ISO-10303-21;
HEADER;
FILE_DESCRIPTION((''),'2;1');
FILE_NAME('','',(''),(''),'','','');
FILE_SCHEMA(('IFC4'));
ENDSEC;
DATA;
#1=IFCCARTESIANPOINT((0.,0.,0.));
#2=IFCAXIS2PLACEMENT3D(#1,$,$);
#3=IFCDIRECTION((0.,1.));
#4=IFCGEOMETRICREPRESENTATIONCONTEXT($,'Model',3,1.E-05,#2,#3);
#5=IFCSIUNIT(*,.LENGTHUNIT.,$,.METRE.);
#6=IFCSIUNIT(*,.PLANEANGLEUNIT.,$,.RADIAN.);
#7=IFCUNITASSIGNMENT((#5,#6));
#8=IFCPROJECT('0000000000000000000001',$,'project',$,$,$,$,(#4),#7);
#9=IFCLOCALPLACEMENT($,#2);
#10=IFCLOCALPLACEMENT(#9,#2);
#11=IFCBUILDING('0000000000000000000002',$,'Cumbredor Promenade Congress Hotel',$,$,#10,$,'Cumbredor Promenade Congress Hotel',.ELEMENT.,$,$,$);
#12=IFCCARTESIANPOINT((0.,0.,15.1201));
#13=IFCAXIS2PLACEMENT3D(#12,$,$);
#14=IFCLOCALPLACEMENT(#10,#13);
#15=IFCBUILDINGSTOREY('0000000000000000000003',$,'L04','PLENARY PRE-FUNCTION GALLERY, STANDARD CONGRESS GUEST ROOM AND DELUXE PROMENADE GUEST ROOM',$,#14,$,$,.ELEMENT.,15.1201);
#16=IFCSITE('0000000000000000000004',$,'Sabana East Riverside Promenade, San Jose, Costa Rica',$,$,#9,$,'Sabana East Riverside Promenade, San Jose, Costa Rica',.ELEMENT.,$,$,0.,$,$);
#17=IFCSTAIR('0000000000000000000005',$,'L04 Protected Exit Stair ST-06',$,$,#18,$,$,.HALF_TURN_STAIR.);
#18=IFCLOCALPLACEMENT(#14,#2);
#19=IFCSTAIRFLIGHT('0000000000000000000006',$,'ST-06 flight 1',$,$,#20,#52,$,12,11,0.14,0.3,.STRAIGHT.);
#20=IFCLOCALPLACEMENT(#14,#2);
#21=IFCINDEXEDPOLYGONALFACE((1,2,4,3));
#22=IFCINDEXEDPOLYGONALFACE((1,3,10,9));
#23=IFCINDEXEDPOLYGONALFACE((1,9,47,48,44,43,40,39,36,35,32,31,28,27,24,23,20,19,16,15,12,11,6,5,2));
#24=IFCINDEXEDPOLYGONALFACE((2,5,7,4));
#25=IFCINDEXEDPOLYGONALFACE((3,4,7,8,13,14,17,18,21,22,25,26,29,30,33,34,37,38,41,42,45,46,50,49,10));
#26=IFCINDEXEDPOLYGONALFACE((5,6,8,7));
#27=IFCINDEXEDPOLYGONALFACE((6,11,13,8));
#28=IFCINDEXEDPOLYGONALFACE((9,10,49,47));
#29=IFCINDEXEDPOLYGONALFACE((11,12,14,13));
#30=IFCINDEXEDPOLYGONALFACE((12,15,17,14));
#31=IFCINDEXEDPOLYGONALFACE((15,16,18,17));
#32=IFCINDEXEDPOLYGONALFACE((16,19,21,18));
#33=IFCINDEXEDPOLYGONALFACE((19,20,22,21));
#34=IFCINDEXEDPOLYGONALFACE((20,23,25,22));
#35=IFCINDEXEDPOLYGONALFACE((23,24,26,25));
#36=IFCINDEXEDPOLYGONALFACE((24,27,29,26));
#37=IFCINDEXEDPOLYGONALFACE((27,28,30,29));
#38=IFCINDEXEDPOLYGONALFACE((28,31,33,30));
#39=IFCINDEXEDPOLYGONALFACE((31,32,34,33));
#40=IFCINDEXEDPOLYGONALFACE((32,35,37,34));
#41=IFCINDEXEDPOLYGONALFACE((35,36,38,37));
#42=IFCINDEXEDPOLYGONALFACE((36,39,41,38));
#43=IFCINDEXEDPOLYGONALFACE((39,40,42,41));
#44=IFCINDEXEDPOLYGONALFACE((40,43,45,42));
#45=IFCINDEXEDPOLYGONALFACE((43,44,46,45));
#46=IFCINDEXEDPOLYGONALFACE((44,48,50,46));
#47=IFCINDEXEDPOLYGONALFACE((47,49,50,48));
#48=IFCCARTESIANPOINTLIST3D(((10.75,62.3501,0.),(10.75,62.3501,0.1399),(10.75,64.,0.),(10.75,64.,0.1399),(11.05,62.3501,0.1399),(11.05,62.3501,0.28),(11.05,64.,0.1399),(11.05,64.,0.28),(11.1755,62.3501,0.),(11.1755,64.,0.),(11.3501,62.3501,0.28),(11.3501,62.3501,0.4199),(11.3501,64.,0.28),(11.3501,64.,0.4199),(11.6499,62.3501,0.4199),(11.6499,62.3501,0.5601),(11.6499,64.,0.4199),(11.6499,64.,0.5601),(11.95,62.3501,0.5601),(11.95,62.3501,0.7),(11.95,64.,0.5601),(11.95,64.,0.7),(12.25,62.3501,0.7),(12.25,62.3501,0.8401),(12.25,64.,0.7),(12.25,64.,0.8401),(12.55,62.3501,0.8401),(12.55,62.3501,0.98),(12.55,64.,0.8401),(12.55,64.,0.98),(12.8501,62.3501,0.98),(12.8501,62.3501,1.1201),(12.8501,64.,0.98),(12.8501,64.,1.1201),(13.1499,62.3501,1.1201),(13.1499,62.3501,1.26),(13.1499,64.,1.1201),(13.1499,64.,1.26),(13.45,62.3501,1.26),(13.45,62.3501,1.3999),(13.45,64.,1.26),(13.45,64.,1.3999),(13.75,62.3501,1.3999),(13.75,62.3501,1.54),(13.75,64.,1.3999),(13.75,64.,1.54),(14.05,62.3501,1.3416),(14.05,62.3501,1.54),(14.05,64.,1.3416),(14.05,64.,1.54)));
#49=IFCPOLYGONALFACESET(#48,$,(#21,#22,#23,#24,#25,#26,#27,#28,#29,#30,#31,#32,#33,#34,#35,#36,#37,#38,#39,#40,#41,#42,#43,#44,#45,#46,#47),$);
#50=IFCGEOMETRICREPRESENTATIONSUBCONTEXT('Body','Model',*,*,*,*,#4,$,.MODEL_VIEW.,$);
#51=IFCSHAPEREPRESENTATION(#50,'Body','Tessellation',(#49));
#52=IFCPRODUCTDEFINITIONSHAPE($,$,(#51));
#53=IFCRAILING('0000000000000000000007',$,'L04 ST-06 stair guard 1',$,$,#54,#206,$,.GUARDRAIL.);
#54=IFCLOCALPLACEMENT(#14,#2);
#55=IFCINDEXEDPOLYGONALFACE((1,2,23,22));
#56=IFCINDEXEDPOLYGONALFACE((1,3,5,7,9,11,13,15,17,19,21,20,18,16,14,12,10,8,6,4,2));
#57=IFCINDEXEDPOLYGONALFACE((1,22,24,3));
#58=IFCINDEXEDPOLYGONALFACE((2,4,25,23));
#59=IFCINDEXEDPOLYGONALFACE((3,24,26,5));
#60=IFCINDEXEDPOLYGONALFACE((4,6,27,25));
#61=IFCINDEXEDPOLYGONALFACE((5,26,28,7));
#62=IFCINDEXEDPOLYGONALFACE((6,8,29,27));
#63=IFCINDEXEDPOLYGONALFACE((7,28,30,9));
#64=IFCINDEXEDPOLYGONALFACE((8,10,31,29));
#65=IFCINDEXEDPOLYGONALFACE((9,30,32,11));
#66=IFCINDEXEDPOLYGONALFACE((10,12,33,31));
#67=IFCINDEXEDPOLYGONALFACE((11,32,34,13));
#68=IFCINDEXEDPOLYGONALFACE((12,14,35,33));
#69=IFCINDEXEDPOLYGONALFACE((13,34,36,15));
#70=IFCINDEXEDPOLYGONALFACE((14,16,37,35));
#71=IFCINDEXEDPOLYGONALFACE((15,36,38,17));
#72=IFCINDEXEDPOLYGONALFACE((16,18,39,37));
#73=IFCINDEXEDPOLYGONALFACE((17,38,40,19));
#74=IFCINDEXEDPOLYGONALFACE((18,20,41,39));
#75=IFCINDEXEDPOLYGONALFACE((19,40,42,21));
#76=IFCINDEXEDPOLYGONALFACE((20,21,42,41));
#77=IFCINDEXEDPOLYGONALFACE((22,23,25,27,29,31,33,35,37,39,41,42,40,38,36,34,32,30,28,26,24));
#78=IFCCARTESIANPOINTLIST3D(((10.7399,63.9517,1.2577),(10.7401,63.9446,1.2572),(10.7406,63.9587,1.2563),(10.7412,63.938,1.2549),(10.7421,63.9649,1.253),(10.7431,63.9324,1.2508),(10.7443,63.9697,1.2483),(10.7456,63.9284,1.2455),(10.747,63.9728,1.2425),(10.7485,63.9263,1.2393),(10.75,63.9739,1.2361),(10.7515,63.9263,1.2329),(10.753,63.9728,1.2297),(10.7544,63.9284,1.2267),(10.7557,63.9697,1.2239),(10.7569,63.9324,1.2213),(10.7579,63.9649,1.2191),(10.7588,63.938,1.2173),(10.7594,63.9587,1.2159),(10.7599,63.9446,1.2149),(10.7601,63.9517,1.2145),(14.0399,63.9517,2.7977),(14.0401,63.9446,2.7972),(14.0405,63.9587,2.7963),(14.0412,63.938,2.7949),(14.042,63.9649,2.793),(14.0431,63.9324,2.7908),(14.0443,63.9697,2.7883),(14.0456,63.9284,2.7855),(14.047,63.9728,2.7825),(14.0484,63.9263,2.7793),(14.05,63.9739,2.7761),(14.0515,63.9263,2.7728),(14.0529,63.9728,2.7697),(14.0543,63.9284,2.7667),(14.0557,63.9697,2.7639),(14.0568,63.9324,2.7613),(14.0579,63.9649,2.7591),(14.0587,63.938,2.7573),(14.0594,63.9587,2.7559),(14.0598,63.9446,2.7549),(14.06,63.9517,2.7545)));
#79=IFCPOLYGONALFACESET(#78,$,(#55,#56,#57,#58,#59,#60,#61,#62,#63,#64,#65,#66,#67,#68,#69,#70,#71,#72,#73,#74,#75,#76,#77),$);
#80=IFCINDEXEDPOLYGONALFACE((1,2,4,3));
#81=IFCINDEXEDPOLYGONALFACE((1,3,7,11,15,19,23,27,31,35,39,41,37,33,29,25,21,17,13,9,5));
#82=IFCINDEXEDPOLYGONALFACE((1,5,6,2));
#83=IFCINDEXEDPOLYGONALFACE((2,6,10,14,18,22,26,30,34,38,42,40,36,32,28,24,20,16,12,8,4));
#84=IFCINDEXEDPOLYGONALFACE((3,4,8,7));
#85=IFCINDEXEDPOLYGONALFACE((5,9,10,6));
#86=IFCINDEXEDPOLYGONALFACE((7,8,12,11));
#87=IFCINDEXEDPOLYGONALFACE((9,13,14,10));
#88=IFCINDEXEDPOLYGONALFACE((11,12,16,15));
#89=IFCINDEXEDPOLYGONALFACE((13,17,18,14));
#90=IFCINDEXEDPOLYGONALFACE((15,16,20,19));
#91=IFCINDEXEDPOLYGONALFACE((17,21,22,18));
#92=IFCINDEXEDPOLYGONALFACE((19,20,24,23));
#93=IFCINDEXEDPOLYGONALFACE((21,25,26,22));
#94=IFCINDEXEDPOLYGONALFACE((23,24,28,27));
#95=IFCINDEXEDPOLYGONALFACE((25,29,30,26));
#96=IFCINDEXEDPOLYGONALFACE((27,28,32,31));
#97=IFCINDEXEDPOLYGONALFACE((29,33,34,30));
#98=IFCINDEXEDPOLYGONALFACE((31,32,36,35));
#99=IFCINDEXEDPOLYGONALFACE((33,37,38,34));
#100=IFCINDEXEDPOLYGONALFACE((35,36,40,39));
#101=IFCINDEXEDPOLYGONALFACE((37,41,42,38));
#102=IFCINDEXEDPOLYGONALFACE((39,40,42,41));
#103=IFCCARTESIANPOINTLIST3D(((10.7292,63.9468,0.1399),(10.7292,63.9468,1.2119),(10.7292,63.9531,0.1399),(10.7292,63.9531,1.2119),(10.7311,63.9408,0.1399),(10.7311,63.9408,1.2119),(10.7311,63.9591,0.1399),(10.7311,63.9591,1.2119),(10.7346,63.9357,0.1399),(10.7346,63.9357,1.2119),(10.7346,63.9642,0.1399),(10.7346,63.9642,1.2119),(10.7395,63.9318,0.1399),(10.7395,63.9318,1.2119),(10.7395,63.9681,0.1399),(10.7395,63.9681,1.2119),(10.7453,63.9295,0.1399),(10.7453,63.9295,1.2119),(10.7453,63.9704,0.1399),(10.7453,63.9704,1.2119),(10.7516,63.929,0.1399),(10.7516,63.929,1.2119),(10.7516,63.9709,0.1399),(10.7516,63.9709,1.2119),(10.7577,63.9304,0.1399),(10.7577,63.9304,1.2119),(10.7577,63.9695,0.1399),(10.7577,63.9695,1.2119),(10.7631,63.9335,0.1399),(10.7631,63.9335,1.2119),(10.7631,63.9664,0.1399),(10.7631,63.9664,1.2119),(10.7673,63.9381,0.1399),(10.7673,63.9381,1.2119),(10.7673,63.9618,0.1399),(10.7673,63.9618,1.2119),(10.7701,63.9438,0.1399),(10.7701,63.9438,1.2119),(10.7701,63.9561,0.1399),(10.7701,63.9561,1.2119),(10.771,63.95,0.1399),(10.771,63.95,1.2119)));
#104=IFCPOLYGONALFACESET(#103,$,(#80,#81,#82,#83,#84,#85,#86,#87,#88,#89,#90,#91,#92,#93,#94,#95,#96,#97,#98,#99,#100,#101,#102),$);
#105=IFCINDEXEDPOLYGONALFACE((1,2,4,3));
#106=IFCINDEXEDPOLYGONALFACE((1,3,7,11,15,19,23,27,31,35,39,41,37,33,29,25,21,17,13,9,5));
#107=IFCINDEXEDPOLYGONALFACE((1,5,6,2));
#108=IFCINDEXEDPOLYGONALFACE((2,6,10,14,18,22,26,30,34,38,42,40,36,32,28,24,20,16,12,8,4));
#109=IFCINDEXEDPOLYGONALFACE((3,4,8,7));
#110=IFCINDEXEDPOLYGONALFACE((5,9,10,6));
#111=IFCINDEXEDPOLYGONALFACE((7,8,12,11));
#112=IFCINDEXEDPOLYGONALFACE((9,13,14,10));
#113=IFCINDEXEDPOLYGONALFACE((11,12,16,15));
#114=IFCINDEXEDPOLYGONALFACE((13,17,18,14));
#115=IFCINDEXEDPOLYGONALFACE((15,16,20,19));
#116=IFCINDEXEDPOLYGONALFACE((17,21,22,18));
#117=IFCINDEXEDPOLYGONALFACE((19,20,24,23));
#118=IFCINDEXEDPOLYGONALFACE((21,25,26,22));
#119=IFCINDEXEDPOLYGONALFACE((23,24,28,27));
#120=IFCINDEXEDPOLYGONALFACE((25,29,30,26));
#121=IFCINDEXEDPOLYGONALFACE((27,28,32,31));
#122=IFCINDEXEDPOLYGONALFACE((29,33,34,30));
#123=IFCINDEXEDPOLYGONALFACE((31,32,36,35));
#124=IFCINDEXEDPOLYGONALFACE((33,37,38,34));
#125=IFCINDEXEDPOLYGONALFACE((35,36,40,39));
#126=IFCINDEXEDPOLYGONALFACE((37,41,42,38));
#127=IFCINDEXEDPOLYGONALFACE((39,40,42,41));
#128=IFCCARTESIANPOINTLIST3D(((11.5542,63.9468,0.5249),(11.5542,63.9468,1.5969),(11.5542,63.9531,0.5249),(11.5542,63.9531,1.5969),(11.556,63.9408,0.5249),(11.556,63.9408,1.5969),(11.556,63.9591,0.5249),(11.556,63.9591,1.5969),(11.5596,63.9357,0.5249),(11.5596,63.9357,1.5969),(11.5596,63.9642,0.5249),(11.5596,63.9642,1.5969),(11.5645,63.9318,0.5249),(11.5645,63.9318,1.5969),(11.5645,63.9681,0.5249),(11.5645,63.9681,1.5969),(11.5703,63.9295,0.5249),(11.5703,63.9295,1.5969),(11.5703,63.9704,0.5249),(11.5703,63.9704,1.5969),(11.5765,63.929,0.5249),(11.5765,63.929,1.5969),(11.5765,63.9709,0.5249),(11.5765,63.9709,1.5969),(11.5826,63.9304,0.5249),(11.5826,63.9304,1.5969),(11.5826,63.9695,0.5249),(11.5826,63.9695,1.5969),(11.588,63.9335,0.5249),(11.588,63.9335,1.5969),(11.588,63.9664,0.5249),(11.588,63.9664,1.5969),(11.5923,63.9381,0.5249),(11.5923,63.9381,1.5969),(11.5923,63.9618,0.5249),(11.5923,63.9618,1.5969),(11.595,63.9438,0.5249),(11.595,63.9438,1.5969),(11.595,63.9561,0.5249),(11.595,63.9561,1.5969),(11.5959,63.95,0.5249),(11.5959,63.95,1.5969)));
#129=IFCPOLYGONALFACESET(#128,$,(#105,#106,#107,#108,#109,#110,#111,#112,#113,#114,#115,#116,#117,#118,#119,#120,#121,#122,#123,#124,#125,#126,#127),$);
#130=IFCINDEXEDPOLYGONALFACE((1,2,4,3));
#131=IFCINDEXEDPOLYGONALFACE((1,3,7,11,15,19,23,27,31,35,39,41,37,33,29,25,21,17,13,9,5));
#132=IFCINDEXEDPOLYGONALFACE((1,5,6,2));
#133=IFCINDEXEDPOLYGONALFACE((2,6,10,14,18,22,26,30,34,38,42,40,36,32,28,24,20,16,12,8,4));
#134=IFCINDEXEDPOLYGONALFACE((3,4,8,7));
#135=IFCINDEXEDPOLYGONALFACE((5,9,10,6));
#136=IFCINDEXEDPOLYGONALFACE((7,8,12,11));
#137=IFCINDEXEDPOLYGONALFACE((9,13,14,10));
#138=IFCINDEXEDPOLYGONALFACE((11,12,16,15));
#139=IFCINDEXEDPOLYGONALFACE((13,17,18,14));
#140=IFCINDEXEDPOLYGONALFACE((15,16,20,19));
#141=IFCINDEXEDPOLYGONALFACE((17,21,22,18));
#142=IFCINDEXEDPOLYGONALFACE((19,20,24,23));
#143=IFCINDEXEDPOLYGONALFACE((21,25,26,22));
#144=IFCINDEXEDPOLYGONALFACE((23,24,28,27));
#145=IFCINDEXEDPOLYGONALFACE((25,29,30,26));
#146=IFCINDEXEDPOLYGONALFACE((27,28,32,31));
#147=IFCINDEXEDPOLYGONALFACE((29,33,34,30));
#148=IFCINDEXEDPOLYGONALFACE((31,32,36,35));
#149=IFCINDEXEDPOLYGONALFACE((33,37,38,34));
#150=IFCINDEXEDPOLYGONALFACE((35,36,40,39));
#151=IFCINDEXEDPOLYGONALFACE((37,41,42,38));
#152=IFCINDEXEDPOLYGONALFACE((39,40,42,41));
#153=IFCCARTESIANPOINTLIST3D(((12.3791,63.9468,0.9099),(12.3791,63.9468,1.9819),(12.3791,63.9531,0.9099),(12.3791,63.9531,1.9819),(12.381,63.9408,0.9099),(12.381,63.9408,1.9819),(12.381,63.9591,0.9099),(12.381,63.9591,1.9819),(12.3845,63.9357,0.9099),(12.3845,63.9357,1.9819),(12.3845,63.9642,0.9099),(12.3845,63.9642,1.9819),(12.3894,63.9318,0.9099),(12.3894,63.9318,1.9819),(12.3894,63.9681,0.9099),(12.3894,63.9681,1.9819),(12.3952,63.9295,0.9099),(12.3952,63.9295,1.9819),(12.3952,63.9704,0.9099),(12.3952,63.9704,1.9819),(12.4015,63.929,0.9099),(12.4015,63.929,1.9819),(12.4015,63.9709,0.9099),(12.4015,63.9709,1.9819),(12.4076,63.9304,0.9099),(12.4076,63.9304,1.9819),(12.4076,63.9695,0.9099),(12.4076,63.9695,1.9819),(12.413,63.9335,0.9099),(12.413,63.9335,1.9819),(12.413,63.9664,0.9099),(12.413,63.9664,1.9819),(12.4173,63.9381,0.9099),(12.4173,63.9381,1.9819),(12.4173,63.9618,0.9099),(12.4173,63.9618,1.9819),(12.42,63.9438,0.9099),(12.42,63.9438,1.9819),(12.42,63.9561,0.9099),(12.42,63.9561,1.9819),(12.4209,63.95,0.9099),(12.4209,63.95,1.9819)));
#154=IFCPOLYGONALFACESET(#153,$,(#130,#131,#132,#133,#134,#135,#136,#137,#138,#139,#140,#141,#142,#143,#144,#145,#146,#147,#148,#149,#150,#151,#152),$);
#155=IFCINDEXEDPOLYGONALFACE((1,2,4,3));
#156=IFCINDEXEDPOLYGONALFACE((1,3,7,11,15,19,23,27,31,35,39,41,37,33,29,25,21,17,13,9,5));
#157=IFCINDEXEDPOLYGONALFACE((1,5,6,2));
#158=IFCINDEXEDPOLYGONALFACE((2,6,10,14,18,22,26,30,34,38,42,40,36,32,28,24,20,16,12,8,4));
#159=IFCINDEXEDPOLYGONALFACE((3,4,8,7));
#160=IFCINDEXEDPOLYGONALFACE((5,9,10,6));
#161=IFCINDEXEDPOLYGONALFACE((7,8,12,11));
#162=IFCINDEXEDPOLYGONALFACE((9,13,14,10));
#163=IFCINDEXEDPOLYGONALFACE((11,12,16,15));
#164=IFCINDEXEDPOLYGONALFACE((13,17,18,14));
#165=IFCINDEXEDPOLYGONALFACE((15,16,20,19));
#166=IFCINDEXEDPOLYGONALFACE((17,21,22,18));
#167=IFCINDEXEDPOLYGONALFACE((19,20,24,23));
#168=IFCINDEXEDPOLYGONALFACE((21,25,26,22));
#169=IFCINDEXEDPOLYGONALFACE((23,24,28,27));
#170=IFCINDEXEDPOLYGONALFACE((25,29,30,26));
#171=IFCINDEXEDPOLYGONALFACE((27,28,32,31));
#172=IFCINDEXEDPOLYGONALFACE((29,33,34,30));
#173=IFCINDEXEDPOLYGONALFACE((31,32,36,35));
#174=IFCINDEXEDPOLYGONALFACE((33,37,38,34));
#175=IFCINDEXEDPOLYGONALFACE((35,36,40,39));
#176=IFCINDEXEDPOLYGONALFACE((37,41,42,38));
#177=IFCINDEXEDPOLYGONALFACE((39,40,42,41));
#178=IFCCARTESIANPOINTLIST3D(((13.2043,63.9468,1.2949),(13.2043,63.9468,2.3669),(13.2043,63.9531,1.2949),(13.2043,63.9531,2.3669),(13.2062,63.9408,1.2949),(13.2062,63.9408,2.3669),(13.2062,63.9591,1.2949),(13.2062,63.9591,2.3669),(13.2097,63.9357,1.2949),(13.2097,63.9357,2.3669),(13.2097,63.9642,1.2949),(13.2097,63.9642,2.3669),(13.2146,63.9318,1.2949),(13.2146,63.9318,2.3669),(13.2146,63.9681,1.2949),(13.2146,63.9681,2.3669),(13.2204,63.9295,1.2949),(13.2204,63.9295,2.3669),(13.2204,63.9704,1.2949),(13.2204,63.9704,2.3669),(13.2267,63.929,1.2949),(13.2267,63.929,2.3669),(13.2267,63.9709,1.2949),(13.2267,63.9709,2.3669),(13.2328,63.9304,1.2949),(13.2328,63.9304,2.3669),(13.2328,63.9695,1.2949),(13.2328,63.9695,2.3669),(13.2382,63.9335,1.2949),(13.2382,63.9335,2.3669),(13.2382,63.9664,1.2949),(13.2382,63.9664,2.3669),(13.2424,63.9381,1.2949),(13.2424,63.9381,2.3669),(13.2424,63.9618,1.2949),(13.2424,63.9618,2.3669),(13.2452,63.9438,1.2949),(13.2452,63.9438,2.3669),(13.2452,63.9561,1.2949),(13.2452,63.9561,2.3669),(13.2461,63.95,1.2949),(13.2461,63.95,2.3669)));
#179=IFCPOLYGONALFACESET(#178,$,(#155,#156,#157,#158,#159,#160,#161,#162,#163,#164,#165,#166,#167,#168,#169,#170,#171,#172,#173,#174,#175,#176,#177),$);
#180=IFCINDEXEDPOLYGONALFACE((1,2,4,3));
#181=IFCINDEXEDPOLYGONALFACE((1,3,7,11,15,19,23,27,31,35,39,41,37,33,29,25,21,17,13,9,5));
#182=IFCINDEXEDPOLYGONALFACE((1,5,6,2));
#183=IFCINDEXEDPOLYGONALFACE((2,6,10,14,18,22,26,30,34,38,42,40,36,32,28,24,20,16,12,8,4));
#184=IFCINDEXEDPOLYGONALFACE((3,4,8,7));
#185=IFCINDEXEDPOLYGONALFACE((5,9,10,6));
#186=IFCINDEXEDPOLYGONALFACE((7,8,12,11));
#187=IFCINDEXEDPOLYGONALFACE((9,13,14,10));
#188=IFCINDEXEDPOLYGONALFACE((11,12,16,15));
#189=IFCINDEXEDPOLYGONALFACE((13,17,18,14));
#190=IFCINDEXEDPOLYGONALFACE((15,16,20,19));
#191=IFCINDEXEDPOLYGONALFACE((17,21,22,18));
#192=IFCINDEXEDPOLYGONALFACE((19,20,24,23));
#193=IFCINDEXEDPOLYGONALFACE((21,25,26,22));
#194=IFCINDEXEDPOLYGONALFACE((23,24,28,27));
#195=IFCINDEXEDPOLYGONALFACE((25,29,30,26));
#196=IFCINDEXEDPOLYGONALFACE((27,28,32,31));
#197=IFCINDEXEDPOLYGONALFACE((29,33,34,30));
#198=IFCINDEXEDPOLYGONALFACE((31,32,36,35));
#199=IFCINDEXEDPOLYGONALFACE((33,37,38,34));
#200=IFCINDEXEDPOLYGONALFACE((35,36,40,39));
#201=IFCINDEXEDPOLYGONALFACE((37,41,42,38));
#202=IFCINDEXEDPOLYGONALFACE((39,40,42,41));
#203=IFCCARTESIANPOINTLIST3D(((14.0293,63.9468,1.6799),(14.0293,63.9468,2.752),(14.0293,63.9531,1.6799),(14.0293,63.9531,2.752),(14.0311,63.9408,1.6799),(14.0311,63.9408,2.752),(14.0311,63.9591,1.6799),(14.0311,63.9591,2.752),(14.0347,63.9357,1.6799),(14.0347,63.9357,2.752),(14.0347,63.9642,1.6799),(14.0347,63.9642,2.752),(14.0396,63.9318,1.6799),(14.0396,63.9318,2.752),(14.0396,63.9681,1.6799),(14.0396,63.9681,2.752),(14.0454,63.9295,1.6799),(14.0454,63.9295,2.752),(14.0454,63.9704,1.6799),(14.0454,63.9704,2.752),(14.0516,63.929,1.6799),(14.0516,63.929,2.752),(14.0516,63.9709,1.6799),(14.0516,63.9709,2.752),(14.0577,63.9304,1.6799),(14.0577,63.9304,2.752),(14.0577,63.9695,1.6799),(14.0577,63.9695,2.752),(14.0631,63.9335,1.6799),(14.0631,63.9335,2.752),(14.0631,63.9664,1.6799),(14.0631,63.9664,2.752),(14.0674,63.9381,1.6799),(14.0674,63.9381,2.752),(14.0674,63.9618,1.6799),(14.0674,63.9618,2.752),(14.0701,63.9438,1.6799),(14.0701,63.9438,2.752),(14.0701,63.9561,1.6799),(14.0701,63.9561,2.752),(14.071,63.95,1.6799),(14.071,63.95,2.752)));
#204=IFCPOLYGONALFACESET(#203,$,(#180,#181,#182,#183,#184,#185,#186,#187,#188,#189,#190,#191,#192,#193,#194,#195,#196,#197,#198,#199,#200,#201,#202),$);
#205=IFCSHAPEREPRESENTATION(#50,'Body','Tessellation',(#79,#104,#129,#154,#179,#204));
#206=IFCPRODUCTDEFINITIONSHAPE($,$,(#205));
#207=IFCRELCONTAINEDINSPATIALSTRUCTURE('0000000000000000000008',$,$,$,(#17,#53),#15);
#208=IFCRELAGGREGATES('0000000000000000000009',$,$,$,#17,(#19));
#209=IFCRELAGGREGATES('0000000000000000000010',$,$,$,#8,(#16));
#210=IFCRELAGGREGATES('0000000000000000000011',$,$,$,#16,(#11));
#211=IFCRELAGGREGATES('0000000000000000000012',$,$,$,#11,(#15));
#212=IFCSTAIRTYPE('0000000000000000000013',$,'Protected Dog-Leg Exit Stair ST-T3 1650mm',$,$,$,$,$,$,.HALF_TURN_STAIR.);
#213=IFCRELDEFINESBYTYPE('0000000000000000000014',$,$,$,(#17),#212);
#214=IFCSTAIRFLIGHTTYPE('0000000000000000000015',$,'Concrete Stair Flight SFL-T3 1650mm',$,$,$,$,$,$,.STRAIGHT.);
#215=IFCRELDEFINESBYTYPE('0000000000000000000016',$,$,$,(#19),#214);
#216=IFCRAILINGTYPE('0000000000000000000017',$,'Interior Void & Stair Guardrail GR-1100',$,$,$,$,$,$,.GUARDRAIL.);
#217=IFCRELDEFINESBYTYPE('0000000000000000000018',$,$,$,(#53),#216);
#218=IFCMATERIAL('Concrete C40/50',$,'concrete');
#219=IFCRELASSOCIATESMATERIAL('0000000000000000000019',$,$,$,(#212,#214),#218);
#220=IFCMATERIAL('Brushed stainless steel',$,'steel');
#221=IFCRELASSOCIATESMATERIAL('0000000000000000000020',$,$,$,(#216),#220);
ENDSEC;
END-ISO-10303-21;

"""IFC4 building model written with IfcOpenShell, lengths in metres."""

from ifc_helpers import new_model, si_unit, direction, frame, origin, origin_2d, place, context, subcontext, project, spatial, polyline, circle, outline, extrude, material, type_object, element, aggregate, save


model = new_model("IFC4")

# Units and contexts
model_context = context("Model", 3, precision=1e-05, world=origin(), true_north=direction((0.0, 1.0)))
body_context = subcontext(model_context, "Body", "Model", "MODEL_VIEW")
ifc_project = project(units=[si_unit("LENGTHUNIT", "METRE"), si_unit("PLANEANGLEUNIT", "RADIAN")], contexts=[model_context])

# Site, building, storey
site_placement = place(None, origin())
site = spatial("IfcSite", under=ifc_project, at=site_placement, Name="Sabana East Riverside Promenade, San Jose, Costa Rica", LongName="Sabana East Riverside Promenade, San Jose, Costa Rica", CompositionType="ELEMENT", RefElevation=0.0)
building_placement = place(site_placement, origin())
building = spatial("IfcBuilding", under=site, at=building_placement, Name="Cumbredor Promenade Congress Hotel", LongName="Cumbredor Promenade Congress Hotel", CompositionType="ELEMENT")
storey_placement = place(building_placement, frame((0.0, 0.0, 15.1201)))
storey = spatial("IfcBuildingStorey", under=building, at=storey_placement, Name="L04", Description="PLENARY PRE-FUNCTION GALLERY, STANDARD CONGRESS GUEST ROOM AND DELUXE PROMENADE GUEST ROOM", CompositionType="ELEMENT", Elevation=15.1201)

# Shared definitions
ifc_material_1 = material(Name="Concrete C40/50", Category="concrete")

# Shared definitions
ifc_material_2 = material(Name="Brushed stainless steel", Category="steel")

# Stair, stair flight
stair_type = type_object("IfcStairType", Name="Protected Dog-Leg Exit Stair ST-T3 1650mm", PredefinedType="HALF_TURN_STAIR", material=ifc_material_1)
stair_placement = place(storey_placement, origin())
stair = element("IfcStair", 1, at=stair_placement, inside=storey, type_object=stair_type, Name="L04 Protected Exit Stair ST-06", PredefinedType="HALF_TURN_STAIR")
stair_flight_type = type_object("IfcStairFlightType", Name="Concrete Stair Flight SFL-T3 1650mm", PredefinedType="STRAIGHT", material=ifc_material_1)
stair_flight_placement = place(storey_placement, frame((10.75, 63.175, 0.0), z_axis=(0.0, 0.0, 1.0), x_axis=(1.0, 0.0, 0.0)))
stair_flight = element("IfcStairFlight", 2, at=stair_flight_placement, type_object=stair_flight_type, Name="ST-06 flight 1", NumberOfRisers=12, NumberOfTreads=11, PredefinedType="STRAIGHT", RiserHeight=0.14, TreadLength=0.3, context=body_context, shape_type="SweptSolid", body=[
    extrude(outline(polyline([(0.0, 0.0), (0.0, 0.1399), (0.3, 0.1399), (0.3, 0.28), (0.6001, 0.28), (0.6001, 0.4199), (0.8999, 0.4199), (0.8999, 0.5601), (1.2, 0.5601), (1.2, 0.7), (1.5, 0.7), (1.5, 0.8401), (1.8, 0.8401), (1.8, 0.98), (2.1001, 0.98), (2.1001, 1.1201), (2.3999, 1.1201), (2.3999, 1.26), (2.7, 1.26), (2.7, 1.3999), (3.0, 1.3999), (3.0, 1.54), (3.3, 1.54), (3.3, 1.6799), (3.3, 1.3416), (0.4255, 0.0), (0.0, 0.0)])), frame((0.0, 0.825, 0.0), z_axis=(0.0, -1.0, 0.0), x_axis=(1.0, 0.0, 0.0)), (0.0, 0.0, 1.0), 1.6499),
])
aggregate(stair, [stair_flight])

# Railing
railing_type_1 = type_object("IfcRailingType", Name="Interior Void & Stair Guardrail GR-1100", PredefinedType="GUARDRAIL", material=ifc_material_2)
railing_1_placement = place(storey_placement, frame((10.75, 63.95, 0.1399)))
element("IfcRailing", 3, at=railing_1_placement, inside=storey, type_object=railing_type_1, Name="L04 ST-06 stair guard 1", PredefinedType="GUARDRAIL", context=body_context, shape_type="SweptSolid", body=[
    extrude(circle(Radius=0.0239, at=origin_2d()), frame((0.0, 0.0, 1.0962), z_axis=(0.906181, 0.0, 0.422889), x_axis=(0.0, 1.0, 0.0)), (0.0, 0.0, 1.0), 3.6416),
    extrude(circle(Radius=0.021, at=origin_2d()), origin(), (0.0, 0.0, 1.0), 1.072),
    extrude(circle(Radius=0.021, at=origin_2d()), frame((0.825, 0.0, 0.385)), (0.0, 0.0, 1.0), 1.072),
    extrude(circle(Radius=0.021, at=origin_2d()), frame((1.6499, 0.0, 0.77)), (0.0, 0.0, 1.0), 1.072),
    extrude(circle(Radius=0.021, at=origin_2d()), frame((2.4751, 0.0, 1.155)), (0.0, 0.0, 1.0), 1.072),
    extrude(circle(Radius=0.021, at=origin_2d()), frame((3.3, 0.0, 1.54)), (0.0, 0.0, 1.0), 1.072),
])

save(model, "model.ifc")
